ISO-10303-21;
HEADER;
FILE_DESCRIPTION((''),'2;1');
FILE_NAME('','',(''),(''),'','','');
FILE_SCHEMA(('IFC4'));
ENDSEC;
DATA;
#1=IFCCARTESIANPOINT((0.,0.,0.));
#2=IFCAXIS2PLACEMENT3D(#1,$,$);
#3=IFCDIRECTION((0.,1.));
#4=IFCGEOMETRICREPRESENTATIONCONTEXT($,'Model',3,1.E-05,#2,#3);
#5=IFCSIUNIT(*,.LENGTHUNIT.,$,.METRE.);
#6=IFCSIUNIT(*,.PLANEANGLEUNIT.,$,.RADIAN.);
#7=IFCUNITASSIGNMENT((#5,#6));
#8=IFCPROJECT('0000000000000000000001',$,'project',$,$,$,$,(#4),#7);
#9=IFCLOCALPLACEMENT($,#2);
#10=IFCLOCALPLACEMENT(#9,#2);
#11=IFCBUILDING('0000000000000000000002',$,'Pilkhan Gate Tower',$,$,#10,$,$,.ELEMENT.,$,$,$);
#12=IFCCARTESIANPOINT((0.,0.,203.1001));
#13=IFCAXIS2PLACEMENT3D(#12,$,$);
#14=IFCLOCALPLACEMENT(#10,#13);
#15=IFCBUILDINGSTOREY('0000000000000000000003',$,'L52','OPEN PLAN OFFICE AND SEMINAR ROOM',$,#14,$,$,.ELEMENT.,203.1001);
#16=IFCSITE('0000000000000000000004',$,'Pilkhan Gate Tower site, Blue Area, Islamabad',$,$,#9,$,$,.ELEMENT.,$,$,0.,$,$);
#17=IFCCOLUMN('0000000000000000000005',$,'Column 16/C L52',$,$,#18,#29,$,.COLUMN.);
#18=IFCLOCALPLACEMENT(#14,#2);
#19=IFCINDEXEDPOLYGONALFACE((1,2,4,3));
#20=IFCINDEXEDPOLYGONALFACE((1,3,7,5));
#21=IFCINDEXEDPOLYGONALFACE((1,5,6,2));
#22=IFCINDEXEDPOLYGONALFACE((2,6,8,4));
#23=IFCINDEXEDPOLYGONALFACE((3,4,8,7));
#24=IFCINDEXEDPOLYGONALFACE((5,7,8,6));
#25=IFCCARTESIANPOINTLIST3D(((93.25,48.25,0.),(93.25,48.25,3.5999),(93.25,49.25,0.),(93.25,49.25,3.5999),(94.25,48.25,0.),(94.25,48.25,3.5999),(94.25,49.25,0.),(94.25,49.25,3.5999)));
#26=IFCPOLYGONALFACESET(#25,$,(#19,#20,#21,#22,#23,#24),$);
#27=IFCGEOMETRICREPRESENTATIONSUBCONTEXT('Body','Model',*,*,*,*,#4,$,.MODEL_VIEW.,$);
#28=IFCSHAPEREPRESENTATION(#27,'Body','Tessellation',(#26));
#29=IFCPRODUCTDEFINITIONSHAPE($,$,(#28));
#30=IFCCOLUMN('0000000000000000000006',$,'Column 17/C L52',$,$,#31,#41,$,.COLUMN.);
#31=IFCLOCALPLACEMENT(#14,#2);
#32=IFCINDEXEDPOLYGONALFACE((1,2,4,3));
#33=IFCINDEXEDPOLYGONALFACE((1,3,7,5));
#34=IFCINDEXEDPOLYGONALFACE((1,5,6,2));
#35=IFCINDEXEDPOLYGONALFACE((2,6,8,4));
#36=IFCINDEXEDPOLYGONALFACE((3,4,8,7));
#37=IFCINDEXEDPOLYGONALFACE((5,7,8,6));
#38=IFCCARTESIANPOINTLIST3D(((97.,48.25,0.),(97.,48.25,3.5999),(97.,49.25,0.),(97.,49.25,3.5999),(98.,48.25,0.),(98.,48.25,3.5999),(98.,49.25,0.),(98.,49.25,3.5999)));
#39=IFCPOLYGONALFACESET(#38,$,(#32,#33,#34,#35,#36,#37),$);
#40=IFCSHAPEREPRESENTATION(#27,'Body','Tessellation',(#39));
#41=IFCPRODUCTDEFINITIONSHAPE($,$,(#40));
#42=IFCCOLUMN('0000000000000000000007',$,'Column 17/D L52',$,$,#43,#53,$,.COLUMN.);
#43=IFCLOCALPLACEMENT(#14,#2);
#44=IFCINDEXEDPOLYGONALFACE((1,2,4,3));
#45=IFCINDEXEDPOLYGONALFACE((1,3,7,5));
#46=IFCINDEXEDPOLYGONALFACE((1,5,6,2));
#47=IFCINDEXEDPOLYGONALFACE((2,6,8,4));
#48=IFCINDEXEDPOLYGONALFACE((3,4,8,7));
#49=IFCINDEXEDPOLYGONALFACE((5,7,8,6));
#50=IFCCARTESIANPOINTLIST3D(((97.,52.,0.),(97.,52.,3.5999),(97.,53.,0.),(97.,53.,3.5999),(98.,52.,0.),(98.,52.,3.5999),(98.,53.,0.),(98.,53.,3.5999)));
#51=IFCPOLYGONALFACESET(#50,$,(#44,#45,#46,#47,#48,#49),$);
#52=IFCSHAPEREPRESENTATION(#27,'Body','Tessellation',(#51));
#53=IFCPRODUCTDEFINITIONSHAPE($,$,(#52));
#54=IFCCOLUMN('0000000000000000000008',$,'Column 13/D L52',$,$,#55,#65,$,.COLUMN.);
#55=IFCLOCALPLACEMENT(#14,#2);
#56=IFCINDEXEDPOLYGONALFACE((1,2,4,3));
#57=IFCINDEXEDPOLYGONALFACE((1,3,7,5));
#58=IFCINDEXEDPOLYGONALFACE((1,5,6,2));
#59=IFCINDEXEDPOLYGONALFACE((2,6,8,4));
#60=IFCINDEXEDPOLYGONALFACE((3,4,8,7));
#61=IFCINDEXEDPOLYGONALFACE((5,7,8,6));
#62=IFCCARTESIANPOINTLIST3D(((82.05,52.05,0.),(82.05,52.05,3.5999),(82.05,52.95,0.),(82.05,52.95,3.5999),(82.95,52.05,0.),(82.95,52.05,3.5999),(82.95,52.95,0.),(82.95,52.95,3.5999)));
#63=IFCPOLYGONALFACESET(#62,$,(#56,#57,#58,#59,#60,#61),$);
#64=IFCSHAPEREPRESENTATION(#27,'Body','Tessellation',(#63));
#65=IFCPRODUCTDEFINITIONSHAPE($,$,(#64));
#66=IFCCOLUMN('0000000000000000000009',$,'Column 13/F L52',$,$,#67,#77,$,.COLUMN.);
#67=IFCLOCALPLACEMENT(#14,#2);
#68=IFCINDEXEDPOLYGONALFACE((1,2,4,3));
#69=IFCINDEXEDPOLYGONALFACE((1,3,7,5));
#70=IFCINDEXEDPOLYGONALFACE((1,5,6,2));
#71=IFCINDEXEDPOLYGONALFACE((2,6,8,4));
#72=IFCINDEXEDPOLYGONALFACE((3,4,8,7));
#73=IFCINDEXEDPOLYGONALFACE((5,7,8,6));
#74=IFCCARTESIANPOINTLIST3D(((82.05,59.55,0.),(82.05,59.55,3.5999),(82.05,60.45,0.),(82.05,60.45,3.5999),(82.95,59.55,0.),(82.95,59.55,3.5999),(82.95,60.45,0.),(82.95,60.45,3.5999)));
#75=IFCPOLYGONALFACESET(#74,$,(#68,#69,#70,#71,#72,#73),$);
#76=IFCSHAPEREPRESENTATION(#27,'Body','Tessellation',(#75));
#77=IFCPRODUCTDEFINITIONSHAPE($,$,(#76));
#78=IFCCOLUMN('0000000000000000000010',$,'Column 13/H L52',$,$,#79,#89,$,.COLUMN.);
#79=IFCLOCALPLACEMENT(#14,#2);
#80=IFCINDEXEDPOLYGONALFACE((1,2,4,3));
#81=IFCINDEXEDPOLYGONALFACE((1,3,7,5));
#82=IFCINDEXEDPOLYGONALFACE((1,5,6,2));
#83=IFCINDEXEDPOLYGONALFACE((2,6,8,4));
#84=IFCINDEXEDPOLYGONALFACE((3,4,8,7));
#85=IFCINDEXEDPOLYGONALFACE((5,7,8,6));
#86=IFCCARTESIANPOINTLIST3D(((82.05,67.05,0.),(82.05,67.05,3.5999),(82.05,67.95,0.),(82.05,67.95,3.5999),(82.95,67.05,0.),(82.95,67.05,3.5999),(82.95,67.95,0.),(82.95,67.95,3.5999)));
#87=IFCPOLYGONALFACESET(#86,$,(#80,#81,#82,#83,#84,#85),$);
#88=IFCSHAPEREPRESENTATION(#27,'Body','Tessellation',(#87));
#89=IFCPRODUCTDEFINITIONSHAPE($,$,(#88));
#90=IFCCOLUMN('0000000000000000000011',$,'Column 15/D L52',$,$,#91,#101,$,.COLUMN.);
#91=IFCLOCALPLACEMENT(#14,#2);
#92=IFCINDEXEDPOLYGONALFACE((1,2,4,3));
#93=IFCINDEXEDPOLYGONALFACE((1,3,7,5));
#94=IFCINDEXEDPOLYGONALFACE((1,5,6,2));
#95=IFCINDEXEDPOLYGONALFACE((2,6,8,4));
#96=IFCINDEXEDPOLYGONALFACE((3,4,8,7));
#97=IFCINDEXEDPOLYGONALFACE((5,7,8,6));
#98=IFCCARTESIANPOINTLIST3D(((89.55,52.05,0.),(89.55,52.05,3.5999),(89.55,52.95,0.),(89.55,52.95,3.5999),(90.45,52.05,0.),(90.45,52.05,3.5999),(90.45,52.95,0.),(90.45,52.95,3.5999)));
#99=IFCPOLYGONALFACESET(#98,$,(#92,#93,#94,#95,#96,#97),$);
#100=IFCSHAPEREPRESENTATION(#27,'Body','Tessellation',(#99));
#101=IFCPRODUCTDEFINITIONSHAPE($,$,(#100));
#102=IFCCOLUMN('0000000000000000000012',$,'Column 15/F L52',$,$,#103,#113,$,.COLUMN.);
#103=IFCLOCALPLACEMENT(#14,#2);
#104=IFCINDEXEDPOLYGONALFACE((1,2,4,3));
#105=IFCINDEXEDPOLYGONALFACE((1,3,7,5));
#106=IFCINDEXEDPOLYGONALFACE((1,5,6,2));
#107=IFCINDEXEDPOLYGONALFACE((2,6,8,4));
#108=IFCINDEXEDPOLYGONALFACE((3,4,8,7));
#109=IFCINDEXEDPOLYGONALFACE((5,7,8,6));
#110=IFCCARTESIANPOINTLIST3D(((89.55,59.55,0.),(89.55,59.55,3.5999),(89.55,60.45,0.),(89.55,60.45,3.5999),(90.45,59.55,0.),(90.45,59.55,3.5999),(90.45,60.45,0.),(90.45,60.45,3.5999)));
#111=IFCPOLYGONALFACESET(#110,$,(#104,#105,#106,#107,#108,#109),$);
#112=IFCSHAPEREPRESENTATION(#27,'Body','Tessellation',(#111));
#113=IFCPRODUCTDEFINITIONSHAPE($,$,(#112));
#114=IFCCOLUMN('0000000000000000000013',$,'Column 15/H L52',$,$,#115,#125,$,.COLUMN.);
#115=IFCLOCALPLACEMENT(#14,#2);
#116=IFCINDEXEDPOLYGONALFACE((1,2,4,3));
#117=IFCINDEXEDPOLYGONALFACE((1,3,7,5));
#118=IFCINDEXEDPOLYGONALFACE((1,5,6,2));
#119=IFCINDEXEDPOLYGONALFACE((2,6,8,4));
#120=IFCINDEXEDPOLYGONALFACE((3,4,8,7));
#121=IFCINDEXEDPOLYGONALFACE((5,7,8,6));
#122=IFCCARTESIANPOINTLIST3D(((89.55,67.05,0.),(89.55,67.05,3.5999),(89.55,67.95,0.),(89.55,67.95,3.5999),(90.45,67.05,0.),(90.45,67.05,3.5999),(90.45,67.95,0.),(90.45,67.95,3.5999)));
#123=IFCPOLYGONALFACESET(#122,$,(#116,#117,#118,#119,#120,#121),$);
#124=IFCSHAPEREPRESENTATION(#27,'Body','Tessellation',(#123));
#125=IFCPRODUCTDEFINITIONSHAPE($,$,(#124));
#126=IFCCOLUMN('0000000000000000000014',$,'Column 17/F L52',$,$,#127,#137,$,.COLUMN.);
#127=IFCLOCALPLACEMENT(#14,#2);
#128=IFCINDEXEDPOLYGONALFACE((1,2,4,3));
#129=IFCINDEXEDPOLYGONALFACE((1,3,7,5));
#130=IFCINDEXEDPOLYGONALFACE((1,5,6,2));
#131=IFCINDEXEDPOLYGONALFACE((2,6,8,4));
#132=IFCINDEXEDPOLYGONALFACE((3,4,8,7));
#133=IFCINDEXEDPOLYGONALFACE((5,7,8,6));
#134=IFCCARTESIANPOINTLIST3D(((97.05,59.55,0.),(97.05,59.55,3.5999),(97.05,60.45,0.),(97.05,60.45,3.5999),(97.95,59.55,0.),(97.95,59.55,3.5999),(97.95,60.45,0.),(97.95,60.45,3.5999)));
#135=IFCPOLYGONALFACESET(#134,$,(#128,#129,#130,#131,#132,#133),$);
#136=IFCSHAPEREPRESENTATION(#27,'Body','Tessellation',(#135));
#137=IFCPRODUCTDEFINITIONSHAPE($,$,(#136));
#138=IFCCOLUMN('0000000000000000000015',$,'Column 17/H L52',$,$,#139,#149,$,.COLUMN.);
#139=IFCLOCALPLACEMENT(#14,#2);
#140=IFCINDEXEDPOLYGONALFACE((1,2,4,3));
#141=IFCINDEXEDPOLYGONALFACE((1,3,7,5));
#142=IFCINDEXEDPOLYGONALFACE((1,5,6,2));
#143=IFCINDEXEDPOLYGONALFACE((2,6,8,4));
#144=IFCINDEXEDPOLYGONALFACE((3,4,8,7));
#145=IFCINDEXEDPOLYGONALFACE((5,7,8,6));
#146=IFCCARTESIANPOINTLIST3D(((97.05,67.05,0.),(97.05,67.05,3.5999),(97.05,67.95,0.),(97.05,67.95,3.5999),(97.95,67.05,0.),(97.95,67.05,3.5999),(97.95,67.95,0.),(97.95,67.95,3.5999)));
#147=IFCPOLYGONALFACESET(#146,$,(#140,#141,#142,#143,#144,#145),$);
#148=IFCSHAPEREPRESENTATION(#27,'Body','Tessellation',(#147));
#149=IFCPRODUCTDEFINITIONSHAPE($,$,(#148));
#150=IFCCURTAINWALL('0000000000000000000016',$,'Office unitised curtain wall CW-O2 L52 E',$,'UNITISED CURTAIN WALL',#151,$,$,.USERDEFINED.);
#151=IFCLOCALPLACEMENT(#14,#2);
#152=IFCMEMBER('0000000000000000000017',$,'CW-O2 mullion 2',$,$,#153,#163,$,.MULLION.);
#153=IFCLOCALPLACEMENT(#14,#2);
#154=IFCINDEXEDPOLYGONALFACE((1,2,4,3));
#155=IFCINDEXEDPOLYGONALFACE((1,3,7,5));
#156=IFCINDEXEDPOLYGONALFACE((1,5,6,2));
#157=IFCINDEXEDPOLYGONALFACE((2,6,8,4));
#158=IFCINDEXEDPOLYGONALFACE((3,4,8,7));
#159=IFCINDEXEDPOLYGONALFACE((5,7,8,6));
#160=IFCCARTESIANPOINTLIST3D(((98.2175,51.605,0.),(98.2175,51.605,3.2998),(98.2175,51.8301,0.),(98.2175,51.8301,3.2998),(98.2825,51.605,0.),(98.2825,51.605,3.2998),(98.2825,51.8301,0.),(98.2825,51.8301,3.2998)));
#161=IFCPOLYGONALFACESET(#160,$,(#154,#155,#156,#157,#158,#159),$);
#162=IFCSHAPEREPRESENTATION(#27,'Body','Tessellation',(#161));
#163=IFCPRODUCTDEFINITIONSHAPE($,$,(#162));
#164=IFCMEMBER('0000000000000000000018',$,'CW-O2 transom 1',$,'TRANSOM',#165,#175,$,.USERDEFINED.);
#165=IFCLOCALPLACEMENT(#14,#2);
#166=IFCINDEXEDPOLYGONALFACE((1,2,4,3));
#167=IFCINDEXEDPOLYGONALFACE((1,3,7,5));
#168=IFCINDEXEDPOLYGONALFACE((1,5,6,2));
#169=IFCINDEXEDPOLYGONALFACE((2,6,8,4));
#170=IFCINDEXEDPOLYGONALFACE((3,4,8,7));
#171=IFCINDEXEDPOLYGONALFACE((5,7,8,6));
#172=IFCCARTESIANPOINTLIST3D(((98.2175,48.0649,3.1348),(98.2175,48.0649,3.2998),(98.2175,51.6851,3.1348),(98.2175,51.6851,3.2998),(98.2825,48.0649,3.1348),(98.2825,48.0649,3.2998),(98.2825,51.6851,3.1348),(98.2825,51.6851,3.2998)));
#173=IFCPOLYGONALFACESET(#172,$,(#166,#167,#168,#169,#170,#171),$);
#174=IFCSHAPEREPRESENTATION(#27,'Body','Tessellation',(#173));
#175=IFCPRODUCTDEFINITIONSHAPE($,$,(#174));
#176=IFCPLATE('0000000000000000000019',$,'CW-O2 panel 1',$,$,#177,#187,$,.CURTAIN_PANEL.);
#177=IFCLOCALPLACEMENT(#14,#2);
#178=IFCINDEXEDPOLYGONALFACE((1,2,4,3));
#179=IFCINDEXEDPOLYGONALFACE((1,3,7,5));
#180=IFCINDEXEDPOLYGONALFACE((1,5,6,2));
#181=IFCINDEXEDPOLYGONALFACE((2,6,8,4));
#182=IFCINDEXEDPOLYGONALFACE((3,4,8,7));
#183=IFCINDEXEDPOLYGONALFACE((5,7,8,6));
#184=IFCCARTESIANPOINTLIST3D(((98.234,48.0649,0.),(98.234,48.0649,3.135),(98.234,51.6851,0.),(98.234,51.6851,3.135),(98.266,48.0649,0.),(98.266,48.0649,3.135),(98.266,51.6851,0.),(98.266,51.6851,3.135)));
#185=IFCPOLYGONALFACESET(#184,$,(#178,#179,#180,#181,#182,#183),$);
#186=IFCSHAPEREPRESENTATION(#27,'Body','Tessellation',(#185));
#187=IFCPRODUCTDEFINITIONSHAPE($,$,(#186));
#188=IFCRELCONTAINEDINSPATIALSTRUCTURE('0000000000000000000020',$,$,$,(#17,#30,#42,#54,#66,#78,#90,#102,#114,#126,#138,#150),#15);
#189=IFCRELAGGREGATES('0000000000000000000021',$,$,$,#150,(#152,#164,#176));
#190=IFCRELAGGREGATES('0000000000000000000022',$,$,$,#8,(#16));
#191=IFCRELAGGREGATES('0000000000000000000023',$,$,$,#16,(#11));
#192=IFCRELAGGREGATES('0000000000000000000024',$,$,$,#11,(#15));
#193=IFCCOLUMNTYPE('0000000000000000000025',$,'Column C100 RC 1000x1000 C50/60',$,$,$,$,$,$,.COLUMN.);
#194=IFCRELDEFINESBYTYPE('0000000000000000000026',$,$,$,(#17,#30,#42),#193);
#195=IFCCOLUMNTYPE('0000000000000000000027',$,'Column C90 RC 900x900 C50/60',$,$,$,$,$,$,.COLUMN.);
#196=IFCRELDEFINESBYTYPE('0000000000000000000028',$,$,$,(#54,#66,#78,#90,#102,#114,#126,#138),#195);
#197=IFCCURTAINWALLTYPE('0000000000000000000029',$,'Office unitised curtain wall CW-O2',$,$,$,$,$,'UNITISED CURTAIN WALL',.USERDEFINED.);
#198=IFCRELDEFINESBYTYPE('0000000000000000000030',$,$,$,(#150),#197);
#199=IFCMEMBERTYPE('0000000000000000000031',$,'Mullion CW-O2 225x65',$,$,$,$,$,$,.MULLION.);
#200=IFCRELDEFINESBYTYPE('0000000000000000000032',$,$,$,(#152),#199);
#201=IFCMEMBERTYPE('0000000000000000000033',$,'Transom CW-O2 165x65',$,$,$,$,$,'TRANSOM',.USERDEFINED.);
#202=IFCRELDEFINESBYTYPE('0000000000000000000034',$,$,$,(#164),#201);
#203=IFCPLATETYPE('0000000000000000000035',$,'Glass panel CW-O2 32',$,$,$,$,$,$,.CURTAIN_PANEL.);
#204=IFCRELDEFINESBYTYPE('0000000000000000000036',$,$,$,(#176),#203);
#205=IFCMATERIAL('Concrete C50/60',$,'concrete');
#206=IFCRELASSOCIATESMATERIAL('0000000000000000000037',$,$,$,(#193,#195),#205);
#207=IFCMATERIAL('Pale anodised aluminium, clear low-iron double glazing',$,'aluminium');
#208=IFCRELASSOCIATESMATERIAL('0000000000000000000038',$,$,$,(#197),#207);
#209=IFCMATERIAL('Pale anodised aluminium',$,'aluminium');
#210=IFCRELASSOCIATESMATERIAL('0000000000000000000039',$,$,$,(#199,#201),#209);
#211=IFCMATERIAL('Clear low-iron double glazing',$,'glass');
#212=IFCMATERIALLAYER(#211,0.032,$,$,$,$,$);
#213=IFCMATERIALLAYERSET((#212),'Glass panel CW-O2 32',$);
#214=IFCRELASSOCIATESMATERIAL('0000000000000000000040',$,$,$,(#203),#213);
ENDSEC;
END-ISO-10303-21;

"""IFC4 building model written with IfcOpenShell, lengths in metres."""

from ifc_helpers import new_model, si_unit, direction, frame, origin, origin_2d, place, context, subcontext, project, spatial, rectangle, extrude, material, layer, layer_set, material_profile, profile_set, type_object, element, aggregate, save


model = new_model("IFC4")

# Units and contexts
model_context = context("Model", 3, precision=1e-05, world=origin(), true_north=direction((0.0, 1.0)))
body_context = subcontext(model_context, "Body", "Model", "MODEL_VIEW")
ifc_project = project(units=[si_unit("LENGTHUNIT", "METRE"), si_unit("PLANEANGLEUNIT", "RADIAN")], contexts=[model_context])

# Site, building, storey
site_placement = place(None, origin())
site = spatial("IfcSite", under=ifc_project, at=site_placement, Name="Pilkhan Gate Tower site, Blue Area, Islamabad", CompositionType="ELEMENT", RefElevation=0.0)
building_placement = place(site_placement, origin())
building = spatial("IfcBuilding", under=site, at=building_placement, Name="Pilkhan Gate Tower", CompositionType="ELEMENT")
storey_placement = place(building_placement, frame((0.0, 0.0, 203.1001)))
storey = spatial("IfcBuildingStorey", under=building, at=storey_placement, Name="L52", Description="OPEN PLAN OFFICE AND SEMINAR ROOM", CompositionType="ELEMENT", Elevation=203.1001)

# Columns
ifc_material_1 = material(Name="Concrete C50/60", Category="concrete")
ifc_material_profile_1 = material_profile(ifc_material_1, rectangle(XDim=1.0, YDim=1.0, at=origin_2d()), Name="RC 1000x1000")
ifc_profile_set_1 = profile_set([ifc_material_profile_1], Name="Concrete C50/60")
column_type_1 = type_object("IfcColumnType", Name="Column C100 RC 1000x1000 C50/60", PredefinedType="COLUMN", material=ifc_profile_set_1)
for number, where, z_axis, x_axis, name in (
    (1, (93.75, 48.75, 0.0), (0.0, 0.0, 1.0), (1.0, 0.0, 0.0), "Column 16/C L52"),
    (2, (97.5, 48.75, 0.0), (0.0, 0.0, 1.0), (1.0, 0.0, 0.0), "Column 17/C L52"),
    (3, (97.5, 52.5, 0.0), (0.0, 0.0, 1.0), (1.0, 0.0, 0.0), "Column 17/D L52"),
):
    element("IfcColumn", number, at=place(storey_placement, frame(where, z_axis=z_axis, x_axis=x_axis)), inside=storey, type_object=column_type_1, Name=name, PredefinedType="COLUMN", context=body_context, shape_type="SweptSolid", body=[
        extrude(rectangle(XDim=1.0, YDim=1.0, at=origin_2d()), origin(), (0.0, 0.0, 1.0), 3.5999),
    ])
ifc_material_profile_2 = material_profile(ifc_material_1, rectangle(XDim=0.8999, YDim=0.8999, at=origin_2d()), Name="RC 900x900")
ifc_profile_set_2 = profile_set([ifc_material_profile_2], Name="Concrete C50/60")
column_type_2 = type_object("IfcColumnType", Name="Column C90 RC 900x900 C50/60", PredefinedType="COLUMN", material=ifc_profile_set_2)
for number, where, z_axis, x_axis, name in (
    (4, (82.5, 52.5, 0.0), (0.0, 0.0, 1.0), (1.0, 0.0, 0.0), "Column 13/D L52"),
    (5, (82.5, 60.0, 0.0), (0.0, 0.0, 1.0), (1.0, 0.0, 0.0), "Column 13/F L52"),
    (6, (82.5, 67.5, 0.0), (0.0, 0.0, 1.0), (1.0, 0.0, 0.0), "Column 13/H L52"),
    (7, (90.0, 52.5, 0.0), (0.0, 0.0, 1.0), (1.0, 0.0, 0.0), "Column 15/D L52"),
    (8, (90.0, 60.0, 0.0), (0.0, 0.0, 1.0), (1.0, 0.0, 0.0), "Column 15/F L52"),
    (9, (90.0, 67.5, 0.0), (0.0, 0.0, 1.0), (1.0, 0.0, 0.0), "Column 15/H L52"),
    (10, (97.5, 60.0, 0.0), (0.0, 0.0, 1.0), (1.0, 0.0, 0.0), "Column 17/F L52"),
    (11, (97.5, 67.5, 0.0), (0.0, 0.0, 1.0), (1.0, 0.0, 0.0), "Column 17/H L52"),
):
    element("IfcColumn", number, at=place(storey_placement, frame(where, z_axis=z_axis, x_axis=x_axis)), inside=storey, type_object=column_type_2, Name=name, PredefinedType="COLUMN", context=body_context, shape_type="SweptSolid", body=[
        extrude(rectangle(XDim=0.8999, YDim=0.8999, at=origin_2d()), origin(), (0.0, 0.0, 1.0), 3.5999),
    ])

# Curtain wall, members, plate
ifc_material_2 = material(Name="Pale anodised aluminium, clear low-iron double glazing", Category="aluminium")
curtain_wall_type = type_object("IfcCurtainWallType", Name="Office unitised curtain wall CW-O2", ElementType="UNITISED CURTAIN WALL", PredefinedType="USERDEFINED", material=ifc_material_2)
curtain_wall_placement = place(storey_placement, origin())
curtain_wall = element("IfcCurtainWall", 12, at=curtain_wall_placement, inside=storey, type_object=curtain_wall_type, Name="Office unitised curtain wall CW-O2 L52 E", ObjectType="UNITISED CURTAIN WALL", PredefinedType="USERDEFINED")
ifc_material_3 = material(Name="Pale anodised aluminium", Category="aluminium")
ifc_material_profile_3 = material_profile(ifc_material_3, rectangle(XDim=0.0649, YDim=0.2251, at=origin_2d()), Name="Mullion 225x65")
ifc_profile_set_3 = profile_set([ifc_material_profile_3], Name="Pale anodised aluminium")
member_type_1 = type_object("IfcMemberType", Name="Mullion CW-O2 225x65", PredefinedType="MULLION", material=ifc_profile_set_3)
member_1_placement = place(storey_placement, frame((98.25, 51.7175, 0.0), z_axis=(0.0, 0.0, 1.0), x_axis=(-1.0, 0.0, 0.0)))
member_1 = element("IfcMember", 13, at=member_1_placement, type_object=member_type_1, Name="CW-O2 mullion 2", PredefinedType="MULLION", context=body_context, shape_type="SweptSolid", body=[
    extrude(rectangle(XDim=0.0649, YDim=0.2251, at=origin_2d()), origin(), (0.0, 0.0, 1.0), 3.2998),
])
ifc_material_profile_4 = material_profile(ifc_material_3, rectangle(XDim=0.0649, YDim=0.165, at=origin_2d()), Name="Transom 165x65")
ifc_profile_set_4 = profile_set([ifc_material_profile_4], Name="Pale anodised aluminium")
member_type_2 = type_object("IfcMemberType", Name="Transom CW-O2 165x65", ElementType="TRANSOM", PredefinedType="USERDEFINED", material=ifc_profile_set_4)
member_2_placement = place(storey_placement, frame((98.25, 48.0649, 3.2173), z_axis=(0.0, 1.0, 0.0), x_axis=(-1.0, 0.0, 0.0)))
member_2 = element("IfcMember", 14, at=member_2_placement, type_object=member_type_2, Name="CW-O2 transom 1", ObjectType="TRANSOM", PredefinedType="USERDEFINED", context=body_context, shape_type="SweptSolid", body=[
    extrude(rectangle(XDim=0.0649, YDim=0.165, at=origin_2d()), origin(), (0.0, 0.0, 1.0), 3.6201),
])
ifc_material_4 = material(Name="Clear low-iron double glazing", Category="glass")
ifc_layer_1 = layer(ifc_material_4, 0.032)
ifc_layer_set_1 = layer_set([ifc_layer_1], Name="Glass panel CW-O2 32")
plate_type = type_object("IfcPlateType", Name="Glass panel CW-O2 32", PredefinedType="CURTAIN_PANEL", material=ifc_layer_set_1)
plate_placement = place(storey_placement, frame((98.25, 49.875, 0.0), z_axis=(0.0, 0.0, 1.0), x_axis=(0.0, 1.0, 0.0)))
plate = element("IfcPlate", 15, at=plate_placement, type_object=plate_type, Name="CW-O2 panel 1", PredefinedType="CURTAIN_PANEL", context=body_context, shape_type="SweptSolid", body=[
    extrude(rectangle(XDim=3.6201, YDim=0.032, at=origin_2d()), origin(), (0.0, 0.0, 1.0), 3.135),
])
aggregate(curtain_wall, [member_1, member_2, plate])

save(model, "model.ifc")
